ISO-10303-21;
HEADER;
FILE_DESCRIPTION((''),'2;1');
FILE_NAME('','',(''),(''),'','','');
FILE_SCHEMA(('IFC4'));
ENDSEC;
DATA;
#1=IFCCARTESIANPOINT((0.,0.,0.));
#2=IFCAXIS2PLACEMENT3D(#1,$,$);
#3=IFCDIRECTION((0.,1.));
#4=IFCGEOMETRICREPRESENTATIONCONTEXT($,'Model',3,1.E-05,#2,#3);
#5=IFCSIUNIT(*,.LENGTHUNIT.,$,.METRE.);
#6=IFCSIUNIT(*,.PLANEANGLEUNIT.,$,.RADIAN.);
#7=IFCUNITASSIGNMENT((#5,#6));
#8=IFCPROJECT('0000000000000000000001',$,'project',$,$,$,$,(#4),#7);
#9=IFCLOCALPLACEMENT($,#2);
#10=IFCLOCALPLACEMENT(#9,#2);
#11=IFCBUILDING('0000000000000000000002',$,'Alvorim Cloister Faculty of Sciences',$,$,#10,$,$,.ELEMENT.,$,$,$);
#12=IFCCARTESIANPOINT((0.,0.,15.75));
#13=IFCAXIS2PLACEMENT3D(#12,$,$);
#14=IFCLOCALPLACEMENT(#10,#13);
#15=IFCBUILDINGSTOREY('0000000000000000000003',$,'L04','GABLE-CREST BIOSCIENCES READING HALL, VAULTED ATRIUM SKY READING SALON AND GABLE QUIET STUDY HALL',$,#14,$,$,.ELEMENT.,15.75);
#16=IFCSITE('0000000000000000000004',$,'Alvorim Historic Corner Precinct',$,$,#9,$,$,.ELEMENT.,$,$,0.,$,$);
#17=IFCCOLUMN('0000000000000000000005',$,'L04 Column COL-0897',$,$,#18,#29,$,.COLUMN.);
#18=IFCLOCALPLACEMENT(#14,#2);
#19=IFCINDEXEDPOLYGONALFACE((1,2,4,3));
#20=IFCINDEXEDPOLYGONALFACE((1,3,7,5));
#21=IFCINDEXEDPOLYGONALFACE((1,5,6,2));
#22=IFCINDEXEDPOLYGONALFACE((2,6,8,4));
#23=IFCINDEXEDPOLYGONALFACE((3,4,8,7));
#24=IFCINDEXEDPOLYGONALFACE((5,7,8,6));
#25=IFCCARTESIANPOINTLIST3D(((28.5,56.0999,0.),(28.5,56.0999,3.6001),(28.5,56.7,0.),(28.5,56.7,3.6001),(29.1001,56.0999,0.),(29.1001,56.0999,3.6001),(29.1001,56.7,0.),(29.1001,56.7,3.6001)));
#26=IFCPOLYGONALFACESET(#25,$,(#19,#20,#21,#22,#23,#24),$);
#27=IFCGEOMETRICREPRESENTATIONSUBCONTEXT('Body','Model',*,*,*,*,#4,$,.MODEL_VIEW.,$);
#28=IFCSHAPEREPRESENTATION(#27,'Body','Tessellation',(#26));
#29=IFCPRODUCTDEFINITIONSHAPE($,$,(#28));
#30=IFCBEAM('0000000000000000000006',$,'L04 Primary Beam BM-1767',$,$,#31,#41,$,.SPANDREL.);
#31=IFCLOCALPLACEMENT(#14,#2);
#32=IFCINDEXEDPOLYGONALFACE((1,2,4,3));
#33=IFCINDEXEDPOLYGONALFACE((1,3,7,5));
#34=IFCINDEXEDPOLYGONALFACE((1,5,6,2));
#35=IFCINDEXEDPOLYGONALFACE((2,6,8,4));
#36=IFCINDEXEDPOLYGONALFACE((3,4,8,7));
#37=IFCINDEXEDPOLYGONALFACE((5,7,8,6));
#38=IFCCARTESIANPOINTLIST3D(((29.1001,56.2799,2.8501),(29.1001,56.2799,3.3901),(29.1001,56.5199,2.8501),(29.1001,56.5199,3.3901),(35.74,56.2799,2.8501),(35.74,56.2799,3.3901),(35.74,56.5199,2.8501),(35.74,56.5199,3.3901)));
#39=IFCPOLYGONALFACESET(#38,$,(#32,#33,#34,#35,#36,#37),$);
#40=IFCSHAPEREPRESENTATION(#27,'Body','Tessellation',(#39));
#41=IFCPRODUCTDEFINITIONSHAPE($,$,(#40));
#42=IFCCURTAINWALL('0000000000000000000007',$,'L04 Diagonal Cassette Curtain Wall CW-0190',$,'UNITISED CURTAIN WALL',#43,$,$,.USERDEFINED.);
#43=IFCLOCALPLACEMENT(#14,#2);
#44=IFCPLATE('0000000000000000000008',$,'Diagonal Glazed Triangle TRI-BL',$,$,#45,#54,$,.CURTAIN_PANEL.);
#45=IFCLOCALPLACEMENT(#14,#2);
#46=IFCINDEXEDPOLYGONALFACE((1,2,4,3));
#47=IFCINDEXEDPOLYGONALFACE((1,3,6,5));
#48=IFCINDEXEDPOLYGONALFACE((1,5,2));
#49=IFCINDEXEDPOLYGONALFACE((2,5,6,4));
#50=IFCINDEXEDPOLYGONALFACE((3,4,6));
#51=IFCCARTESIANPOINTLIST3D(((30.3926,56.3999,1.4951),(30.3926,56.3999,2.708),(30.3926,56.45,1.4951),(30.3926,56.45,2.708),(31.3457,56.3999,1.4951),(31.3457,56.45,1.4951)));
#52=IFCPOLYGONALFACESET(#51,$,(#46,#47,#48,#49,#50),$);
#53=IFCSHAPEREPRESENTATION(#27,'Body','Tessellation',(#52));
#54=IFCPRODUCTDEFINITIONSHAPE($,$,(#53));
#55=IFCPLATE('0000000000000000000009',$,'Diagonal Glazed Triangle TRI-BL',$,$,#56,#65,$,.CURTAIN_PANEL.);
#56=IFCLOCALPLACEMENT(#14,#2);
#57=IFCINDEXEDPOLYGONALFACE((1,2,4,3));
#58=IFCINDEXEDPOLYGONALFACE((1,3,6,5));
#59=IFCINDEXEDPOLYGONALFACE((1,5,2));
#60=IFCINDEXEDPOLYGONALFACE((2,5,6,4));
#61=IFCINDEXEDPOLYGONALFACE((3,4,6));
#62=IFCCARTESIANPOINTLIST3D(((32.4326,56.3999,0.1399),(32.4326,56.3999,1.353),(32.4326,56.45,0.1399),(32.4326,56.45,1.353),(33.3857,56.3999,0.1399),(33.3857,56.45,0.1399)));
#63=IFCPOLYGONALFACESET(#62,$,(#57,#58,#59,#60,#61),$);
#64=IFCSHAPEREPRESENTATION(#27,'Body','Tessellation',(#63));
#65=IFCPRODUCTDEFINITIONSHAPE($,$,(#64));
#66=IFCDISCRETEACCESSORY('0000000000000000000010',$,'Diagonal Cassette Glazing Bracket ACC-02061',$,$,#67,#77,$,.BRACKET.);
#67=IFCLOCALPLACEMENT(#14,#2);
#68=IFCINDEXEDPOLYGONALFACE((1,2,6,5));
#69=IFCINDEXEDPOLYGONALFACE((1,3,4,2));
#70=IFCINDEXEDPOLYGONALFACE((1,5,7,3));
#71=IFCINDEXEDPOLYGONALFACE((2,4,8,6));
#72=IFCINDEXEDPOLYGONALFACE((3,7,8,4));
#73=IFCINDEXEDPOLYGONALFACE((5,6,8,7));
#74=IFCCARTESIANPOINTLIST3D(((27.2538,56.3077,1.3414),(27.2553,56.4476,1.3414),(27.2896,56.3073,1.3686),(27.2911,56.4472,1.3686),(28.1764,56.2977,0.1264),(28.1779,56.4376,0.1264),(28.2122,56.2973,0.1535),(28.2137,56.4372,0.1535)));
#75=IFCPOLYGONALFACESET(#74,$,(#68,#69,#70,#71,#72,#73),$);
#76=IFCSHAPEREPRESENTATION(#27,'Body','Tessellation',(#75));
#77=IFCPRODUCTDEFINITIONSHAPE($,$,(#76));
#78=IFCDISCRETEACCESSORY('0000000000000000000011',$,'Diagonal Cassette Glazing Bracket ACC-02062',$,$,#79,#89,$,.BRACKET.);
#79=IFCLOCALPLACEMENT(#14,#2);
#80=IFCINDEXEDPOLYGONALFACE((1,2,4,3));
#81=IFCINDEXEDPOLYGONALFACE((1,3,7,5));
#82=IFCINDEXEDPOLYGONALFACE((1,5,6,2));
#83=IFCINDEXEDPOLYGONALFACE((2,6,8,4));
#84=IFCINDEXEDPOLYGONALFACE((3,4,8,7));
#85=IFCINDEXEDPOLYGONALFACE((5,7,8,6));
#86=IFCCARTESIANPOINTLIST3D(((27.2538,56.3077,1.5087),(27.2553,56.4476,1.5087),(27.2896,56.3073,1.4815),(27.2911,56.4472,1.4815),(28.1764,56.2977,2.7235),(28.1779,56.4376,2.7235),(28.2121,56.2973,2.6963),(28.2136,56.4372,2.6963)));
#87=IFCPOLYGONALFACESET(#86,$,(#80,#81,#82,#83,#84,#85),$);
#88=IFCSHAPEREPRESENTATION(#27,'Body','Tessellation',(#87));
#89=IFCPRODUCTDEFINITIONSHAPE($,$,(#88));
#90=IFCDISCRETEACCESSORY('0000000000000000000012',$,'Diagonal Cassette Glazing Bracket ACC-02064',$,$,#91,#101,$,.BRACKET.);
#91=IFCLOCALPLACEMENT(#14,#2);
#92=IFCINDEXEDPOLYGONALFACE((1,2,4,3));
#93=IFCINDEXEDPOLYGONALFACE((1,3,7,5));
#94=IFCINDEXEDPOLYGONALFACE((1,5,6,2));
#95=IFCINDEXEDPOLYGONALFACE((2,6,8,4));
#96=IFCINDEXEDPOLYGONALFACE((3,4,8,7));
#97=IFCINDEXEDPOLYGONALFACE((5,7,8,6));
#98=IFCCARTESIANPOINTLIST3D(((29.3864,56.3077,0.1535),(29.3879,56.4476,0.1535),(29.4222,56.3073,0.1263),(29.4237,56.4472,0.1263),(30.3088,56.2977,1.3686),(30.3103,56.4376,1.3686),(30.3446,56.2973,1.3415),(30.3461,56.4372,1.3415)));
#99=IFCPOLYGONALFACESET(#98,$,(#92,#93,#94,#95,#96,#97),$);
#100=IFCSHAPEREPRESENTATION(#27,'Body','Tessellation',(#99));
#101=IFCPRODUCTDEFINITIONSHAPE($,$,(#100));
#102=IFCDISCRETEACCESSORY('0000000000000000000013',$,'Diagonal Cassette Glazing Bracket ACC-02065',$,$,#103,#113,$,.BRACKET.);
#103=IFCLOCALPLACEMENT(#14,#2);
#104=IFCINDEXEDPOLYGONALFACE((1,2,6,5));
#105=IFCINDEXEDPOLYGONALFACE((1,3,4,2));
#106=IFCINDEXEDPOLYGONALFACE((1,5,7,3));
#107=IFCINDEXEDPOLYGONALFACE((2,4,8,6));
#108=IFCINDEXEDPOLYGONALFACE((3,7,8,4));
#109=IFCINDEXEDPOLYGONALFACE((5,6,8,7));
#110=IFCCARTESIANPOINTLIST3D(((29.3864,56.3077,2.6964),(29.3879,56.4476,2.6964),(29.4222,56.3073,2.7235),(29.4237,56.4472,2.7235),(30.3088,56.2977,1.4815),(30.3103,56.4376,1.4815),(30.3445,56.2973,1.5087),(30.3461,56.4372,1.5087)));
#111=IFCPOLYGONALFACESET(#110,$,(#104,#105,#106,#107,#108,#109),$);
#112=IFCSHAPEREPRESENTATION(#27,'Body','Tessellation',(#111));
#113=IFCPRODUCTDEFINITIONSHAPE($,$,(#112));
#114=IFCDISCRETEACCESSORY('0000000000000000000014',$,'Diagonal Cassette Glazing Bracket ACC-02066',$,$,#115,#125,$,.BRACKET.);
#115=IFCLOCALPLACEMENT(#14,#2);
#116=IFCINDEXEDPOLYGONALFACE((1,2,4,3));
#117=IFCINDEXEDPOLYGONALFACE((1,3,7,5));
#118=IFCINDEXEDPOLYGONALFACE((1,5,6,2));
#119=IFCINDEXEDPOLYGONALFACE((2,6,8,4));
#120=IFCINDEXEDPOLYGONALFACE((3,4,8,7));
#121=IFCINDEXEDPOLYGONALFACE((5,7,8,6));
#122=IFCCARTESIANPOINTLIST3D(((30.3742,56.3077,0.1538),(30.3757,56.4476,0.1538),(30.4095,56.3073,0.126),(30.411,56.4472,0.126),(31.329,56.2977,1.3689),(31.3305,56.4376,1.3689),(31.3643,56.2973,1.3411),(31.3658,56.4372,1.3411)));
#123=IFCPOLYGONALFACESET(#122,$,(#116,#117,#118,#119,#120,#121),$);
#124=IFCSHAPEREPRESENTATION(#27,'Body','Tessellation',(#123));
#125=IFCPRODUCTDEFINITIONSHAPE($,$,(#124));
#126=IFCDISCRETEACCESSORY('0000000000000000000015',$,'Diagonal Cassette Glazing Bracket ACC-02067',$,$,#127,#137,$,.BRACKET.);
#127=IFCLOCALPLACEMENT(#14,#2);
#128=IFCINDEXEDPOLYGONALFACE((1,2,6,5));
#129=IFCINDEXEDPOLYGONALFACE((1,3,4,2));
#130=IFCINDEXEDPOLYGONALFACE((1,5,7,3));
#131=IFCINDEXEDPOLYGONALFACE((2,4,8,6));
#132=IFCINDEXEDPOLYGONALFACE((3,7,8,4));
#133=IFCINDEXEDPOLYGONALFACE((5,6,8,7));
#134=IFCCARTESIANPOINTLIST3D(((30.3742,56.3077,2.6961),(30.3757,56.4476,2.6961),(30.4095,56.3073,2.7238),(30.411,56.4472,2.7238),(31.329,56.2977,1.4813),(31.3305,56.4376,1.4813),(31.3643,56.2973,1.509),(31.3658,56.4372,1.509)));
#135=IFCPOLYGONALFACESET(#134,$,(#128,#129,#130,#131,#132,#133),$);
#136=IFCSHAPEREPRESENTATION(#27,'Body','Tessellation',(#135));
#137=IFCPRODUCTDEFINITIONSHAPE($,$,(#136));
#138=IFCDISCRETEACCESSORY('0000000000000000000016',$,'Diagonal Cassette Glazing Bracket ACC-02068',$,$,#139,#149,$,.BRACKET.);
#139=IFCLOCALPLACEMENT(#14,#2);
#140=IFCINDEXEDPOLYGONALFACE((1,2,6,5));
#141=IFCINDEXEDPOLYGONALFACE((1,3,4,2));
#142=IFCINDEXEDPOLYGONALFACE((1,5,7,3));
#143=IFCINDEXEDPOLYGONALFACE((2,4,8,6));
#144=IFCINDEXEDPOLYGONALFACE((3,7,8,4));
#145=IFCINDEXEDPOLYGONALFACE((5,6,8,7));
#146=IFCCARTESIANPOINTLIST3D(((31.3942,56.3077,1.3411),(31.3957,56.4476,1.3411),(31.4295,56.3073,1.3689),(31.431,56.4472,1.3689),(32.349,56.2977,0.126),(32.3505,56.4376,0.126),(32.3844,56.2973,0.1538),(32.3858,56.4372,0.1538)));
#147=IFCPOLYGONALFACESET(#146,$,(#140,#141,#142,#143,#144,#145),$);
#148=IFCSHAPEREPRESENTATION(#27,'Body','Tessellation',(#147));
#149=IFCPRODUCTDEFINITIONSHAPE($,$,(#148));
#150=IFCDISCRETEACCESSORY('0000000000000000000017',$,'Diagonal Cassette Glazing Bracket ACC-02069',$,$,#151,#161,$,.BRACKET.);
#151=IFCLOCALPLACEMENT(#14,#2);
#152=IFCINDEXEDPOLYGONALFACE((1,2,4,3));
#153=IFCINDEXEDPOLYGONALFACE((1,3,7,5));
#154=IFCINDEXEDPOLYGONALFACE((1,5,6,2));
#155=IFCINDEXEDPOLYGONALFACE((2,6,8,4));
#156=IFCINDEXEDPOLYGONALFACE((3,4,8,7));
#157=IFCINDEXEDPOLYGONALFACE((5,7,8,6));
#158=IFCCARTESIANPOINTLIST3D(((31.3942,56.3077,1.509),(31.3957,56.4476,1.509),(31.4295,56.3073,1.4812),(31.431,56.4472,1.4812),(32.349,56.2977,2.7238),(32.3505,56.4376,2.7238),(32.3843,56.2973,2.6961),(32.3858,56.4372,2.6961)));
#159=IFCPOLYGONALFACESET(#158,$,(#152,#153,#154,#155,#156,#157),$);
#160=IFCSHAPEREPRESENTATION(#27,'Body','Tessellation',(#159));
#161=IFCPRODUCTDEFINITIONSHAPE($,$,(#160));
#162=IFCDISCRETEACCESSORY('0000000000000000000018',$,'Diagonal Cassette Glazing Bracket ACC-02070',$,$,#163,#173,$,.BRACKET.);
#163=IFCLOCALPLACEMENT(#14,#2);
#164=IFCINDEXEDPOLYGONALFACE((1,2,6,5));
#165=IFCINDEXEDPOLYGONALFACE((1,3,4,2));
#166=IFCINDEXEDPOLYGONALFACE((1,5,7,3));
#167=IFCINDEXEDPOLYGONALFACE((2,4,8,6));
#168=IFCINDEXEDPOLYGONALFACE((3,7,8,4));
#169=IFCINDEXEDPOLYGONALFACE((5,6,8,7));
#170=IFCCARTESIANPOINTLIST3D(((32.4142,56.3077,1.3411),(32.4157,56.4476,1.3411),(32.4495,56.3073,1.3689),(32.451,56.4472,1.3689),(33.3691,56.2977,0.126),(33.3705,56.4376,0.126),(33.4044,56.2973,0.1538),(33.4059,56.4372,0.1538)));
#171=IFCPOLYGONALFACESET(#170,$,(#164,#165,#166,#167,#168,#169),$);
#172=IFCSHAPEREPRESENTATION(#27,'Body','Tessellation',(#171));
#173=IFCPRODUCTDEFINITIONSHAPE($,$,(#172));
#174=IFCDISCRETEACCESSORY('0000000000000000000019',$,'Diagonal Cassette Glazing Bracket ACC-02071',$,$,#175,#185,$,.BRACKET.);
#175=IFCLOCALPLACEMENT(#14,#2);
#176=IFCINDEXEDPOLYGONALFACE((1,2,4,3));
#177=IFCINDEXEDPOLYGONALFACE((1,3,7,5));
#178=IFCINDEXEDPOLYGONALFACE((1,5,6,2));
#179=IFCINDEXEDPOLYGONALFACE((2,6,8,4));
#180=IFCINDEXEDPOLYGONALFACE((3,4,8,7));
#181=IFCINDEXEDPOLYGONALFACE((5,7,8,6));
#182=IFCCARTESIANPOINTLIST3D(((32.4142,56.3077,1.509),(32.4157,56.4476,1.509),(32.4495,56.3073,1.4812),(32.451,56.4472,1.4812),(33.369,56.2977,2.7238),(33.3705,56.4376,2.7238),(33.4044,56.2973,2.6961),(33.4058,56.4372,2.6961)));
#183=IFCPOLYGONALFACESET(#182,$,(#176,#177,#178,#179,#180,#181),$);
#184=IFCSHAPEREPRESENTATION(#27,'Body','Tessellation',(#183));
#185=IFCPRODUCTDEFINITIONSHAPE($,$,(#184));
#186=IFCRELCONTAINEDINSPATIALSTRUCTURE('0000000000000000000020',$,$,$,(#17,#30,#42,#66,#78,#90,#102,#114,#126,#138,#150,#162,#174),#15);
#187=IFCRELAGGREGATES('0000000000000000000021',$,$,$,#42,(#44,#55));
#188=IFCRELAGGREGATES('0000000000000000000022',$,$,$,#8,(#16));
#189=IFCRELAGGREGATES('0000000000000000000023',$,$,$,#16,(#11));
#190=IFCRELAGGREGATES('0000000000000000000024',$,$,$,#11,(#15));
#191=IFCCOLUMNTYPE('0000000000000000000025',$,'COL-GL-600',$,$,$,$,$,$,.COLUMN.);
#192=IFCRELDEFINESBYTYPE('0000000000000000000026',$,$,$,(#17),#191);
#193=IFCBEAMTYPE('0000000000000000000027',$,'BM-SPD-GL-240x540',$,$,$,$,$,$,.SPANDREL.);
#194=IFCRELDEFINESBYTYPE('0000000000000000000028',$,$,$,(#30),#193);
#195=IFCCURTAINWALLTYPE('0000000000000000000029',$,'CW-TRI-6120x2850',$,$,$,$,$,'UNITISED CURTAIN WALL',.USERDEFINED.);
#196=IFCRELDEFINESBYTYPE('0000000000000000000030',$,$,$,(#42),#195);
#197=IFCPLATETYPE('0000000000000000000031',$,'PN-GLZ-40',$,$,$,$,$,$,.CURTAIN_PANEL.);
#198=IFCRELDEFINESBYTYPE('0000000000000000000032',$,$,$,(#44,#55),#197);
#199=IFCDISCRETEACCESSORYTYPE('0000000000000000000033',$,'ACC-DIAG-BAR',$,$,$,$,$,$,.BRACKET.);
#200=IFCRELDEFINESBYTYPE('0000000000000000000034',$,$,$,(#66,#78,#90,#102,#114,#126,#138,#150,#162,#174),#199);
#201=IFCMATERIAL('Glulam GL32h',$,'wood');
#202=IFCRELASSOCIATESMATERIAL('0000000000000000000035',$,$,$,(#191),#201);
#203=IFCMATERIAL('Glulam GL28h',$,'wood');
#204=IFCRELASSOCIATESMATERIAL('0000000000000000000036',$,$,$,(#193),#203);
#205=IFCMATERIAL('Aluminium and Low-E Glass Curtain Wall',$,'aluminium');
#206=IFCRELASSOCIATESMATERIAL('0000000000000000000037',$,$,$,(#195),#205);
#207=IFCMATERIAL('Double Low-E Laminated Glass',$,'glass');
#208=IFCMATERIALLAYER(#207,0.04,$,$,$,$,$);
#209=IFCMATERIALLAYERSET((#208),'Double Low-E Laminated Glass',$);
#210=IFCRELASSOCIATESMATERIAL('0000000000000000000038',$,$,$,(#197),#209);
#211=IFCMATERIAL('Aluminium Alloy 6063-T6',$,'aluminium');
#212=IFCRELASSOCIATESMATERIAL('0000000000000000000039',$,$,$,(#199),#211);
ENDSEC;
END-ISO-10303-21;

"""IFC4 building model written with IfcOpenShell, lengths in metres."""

from ifc_helpers import new_model, si_unit, direction, frame, origin, origin_2d, place, context, subcontext, project, spatial, polyline, rectangle, outline, extrude, material, layer, layer_set, material_profile, profile_set, type_object, element, aggregate, save


model = new_model("IFC4")

# Units and contexts
model_context = context("Model", 3, precision=1e-05, world=origin(), true_north=direction((0.0, 1.0)))
body_context = subcontext(model_context, "Body", "Model", "MODEL_VIEW")
ifc_project = project(units=[si_unit("LENGTHUNIT", "METRE"), si_unit("PLANEANGLEUNIT", "RADIAN")], contexts=[model_context])

# Site, building, storey
site_placement = place(None, origin())
site = spatial("IfcSite", under=ifc_project, at=site_placement, Name="Alvorim Historic Corner Precinct", CompositionType="ELEMENT", RefElevation=0.0)
building_placement = place(site_placement, origin())
building = spatial("IfcBuilding", under=site, at=building_placement, Name="Alvorim Cloister Faculty of Sciences", CompositionType="ELEMENT")
storey_placement = place(building_placement, frame((0.0, 0.0, 15.75)))
storey = spatial("IfcBuildingStorey", under=building, at=storey_placement, Name="L04", Description="GABLE-CREST BIOSCIENCES READING HALL, VAULTED ATRIUM SKY READING SALON AND GABLE QUIET STUDY HALL", CompositionType="ELEMENT", Elevation=15.75)

# Column
ifc_material_1 = material(Name="Glulam GL32h", Category="wood")
ifc_material_profile_1 = material_profile(ifc_material_1, rectangle(XDim=0.6001, YDim=0.6001, at=origin_2d()), Name="GL32-COL-600x600")
ifc_profile_set_1 = profile_set([ifc_material_profile_1], Name="Glulam GL32h")
column_type = type_object("IfcColumnType", Name="COL-GL-600", PredefinedType="COLUMN", material=ifc_profile_set_1)
column_placement = place(storey_placement, frame((28.8, 56.3999, 0.0), z_axis=(0.0, 0.0, 1.0), x_axis=(1.0, 0.0, 0.0)))
element("IfcColumn", 1, at=column_placement, inside=storey, type_object=column_type, Name="L04 Column COL-0897", PredefinedType="COLUMN", context=body_context, shape_type="SweptSolid", body=[
    extrude(rectangle(XDim=0.6001, YDim=0.6001, at=origin_2d()), origin(), (0.0, 0.0, 1.0), 3.6001),
])

# Beam
ifc_material_2 = material(Name="Glulam GL28h", Category="wood")
ifc_material_profile_2 = material_profile(ifc_material_2, rectangle(XDim=0.24, YDim=0.54, at=origin_2d()), Name="GL28-SPD-240x540")
ifc_profile_set_2 = profile_set([ifc_material_profile_2], Name="Glulam GL28h")
beam_type = type_object("IfcBeamType", Name="BM-SPD-GL-240x540", PredefinedType="SPANDREL", material=ifc_profile_set_2)
beam_placement = place(storey_placement, frame((29.1001, 56.3999, 3.1201), z_axis=(1.0, 0.0, 0.0), x_axis=(0.0, 1.0, 0.0)))
element("IfcBeam", 2, at=beam_placement, inside=storey, type_object=beam_type, Name="L04 Primary Beam BM-1767", PredefinedType="SPANDREL", context=body_context, shape_type="SweptSolid", body=[
    extrude(rectangle(XDim=0.24, YDim=0.54, at=origin_2d()), origin(), (0.0, 0.0, 1.0), 6.6399),
])

# Curtain wall, plates
ifc_material_3 = material(Name="Aluminium and Low-E Glass Curtain Wall", Category="aluminium")
curtain_wall_type = type_object("IfcCurtainWallType", Name="CW-TRI-6120x2850", ElementType="UNITISED CURTAIN WALL", PredefinedType="USERDEFINED", material=ifc_material_3)
ifc_material_4 = material(Name="Double Low-E Laminated Glass", Category="glass")
ifc_layer = layer(ifc_material_4, 0.04)
ifc_layer_set = layer_set([ifc_layer], Name="Double Low-E Laminated Glass")
plate_type = type_object("IfcPlateType", Name="PN-GLZ-40", PredefinedType="CURTAIN_PANEL", material=ifc_layer_set)
curtain_wall_1_placement = place(storey_placement, origin())
curtain_wall_1 = element("IfcCurtainWall", 3, at=curtain_wall_1_placement, inside=storey, type_object=curtain_wall_type, Name="L04 Diagonal Cassette Curtain Wall CW-0190", ObjectType="UNITISED CURTAIN WALL", PredefinedType="USERDEFINED")
plate_1_placement = place(storey_placement, frame((30.3926, 56.425, 1.4951), z_axis=(0.0, 0.0, 1.0), x_axis=(1.0, 0.0, 0.0)))
plate_1 = element("IfcPlate", 4, at=plate_1_placement, type_object=plate_type, Name="Diagonal Glazed Triangle TRI-BL", PredefinedType="CURTAIN_PANEL", context=body_context, shape_type="SweptSolid", body=[
    extrude(outline(polyline([(0.0, 0.0), (0.9531, 0.0), (0.0, 1.2129), (0.0, 0.0)])), frame((0.0, 0.0249, 0.0), z_axis=(0.0, -1.0, 0.0), x_axis=(1.0, 0.0, 0.0)), (0.0, 0.0, 1.0), 0.05),
])
plate_2_placement = place(storey_placement, frame((32.4326, 56.425, 0.1399), z_axis=(0.0, 0.0, 1.0), x_axis=(1.0, 0.0, 0.0)))
plate_2 = element("IfcPlate", 5, at=plate_2_placement, type_object=plate_type, Name="Diagonal Glazed Triangle TRI-BL", PredefinedType="CURTAIN_PANEL", context=body_context, shape_type="SweptSolid", body=[
    extrude(outline(polyline([(0.0, 0.0), (0.9531, 0.0), (0.0, 1.2131), (0.0, 0.0)])), frame((0.0, 0.0249, 0.0), z_axis=(0.0, -1.0, 0.0), x_axis=(1.0, 0.0, 0.0)), (0.0, 0.0, 1.0), 0.05),
])
aggregate(curtain_wall_1, [plate_1, plate_2])

# Discrete accessories
ifc_material_5 = material(Name="Aluminium Alloy 6063-T6", Category="aluminium")
discrete_accessory_type = type_object("IfcDiscreteAccessoryType", Name="ACC-DIAG-BAR", PredefinedType="BRACKET", material=ifc_material_5)
discrete_accessory_1_placement = place(storey_placement, frame((27.2725, 56.3774, 1.355), z_axis=(0.604713, -0.006561, -0.796416), x_axis=(0.010849, 0.999941, 0.0)))
element("IfcDiscreteAccessory", 6, at=discrete_accessory_1_placement, inside=storey, type_object=discrete_accessory_type, Name="Diagonal Cassette Glazing Bracket ACC-02061", PredefinedType="BRACKET", context=body_context, shape_type="SweptSolid", body=[
    extrude(rectangle(XDim=0.1399, YDim=0.0449, at=origin_2d()), origin(), (0.0, 0.0, 1.0), 1.5256),
])
discrete_accessory_2_placement = place(storey_placement, frame((27.2725, 56.3774, 1.4951), z_axis=(0.60479, -0.006562, 0.796358), x_axis=(0.010849, 0.999941, 0.0)))
element("IfcDiscreteAccessory", 7, at=discrete_accessory_2_placement, inside=storey, type_object=discrete_accessory_type, Name="Diagonal Cassette Glazing Bracket ACC-02062", PredefinedType="BRACKET", context=body_context, shape_type="SweptSolid", body=[
    extrude(rectangle(XDim=0.1399, YDim=0.0449, at=origin_2d()), origin(), (0.0, 0.0, 1.0), 1.5254),
])
discrete_accessory_3_placement = place(storey_placement, frame((29.405, 56.3774, 0.1399), z_axis=(0.604612, -0.006561, 0.796493), x_axis=(0.010852, 0.999941, 0.0)))
element("IfcDiscreteAccessory", 8, at=discrete_accessory_3_placement, inside=storey, type_object=discrete_accessory_type, Name="Diagonal Cassette Glazing Bracket ACC-02064", PredefinedType="BRACKET", context=body_context, shape_type="SweptSolid", body=[
    extrude(rectangle(XDim=0.1399, YDim=0.0449, at=origin_2d()), origin(), (0.0, 0.0, 1.0), 1.5256),
])
discrete_accessory_4_placement = place(storey_placement, frame((29.405, 56.3774, 2.71), z_axis=(0.604689, -0.006562, -0.796435), x_axis=(0.010852, 0.999941, 0.0)))
element("IfcDiscreteAccessory", 9, at=discrete_accessory_4_placement, inside=storey, type_object=discrete_accessory_type, Name="Diagonal Cassette Glazing Bracket ACC-02065", PredefinedType="BRACKET", context=body_context, shape_type="SweptSolid", body=[
    extrude(rectangle(XDim=0.1399, YDim=0.0449, at=origin_2d()), origin(), (0.0, 0.0, 1.0), 1.5254),
])
discrete_accessory_5_placement = place(storey_placement, frame((30.3926, 56.3774, 0.1399), z_axis=(0.617857, -0.006477, 0.786263), x_axis=(0.010483, 0.999945, 0.0)))
element("IfcDiscreteAccessory", 10, at=discrete_accessory_5_placement, inside=storey, type_object=discrete_accessory_type, Name="Diagonal Cassette Glazing Bracket ACC-02066", PredefinedType="BRACKET", context=body_context, shape_type="SweptSolid", body=[
    extrude(rectangle(XDim=0.1399, YDim=0.0449, at=origin_2d()), origin(), (0.0, 0.0, 1.0), 1.5454),
])
discrete_accessory_6_placement = place(storey_placement, frame((30.3926, 56.3774, 2.71), z_axis=(0.617934, -0.006478, -0.786203), x_axis=(0.010483, 0.999945, 0.0)))
element("IfcDiscreteAccessory", 11, at=discrete_accessory_6_placement, inside=storey, type_object=discrete_accessory_type, Name="Diagonal Cassette Glazing Bracket ACC-02067", PredefinedType="BRACKET", context=body_context, shape_type="SweptSolid", body=[
    extrude(rectangle(XDim=0.1399, YDim=0.0449, at=origin_2d()), origin(), (0.0, 0.0, 1.0), 1.5452),
])
discrete_accessory_7_placement = place(storey_placement, frame((31.4126, 56.3774, 1.355), z_axis=(0.617857, -0.006477, -0.786263), x_axis=(0.010483, 0.999945, 0.0)))
element("IfcDiscreteAccessory", 12, at=discrete_accessory_7_placement, inside=storey, type_object=discrete_accessory_type, Name="Diagonal Cassette Glazing Bracket ACC-02068", PredefinedType="BRACKET", context=body_context, shape_type="SweptSolid", body=[
    extrude(rectangle(XDim=0.1399, YDim=0.0449, at=origin_2d()), origin(), (0.0, 0.0, 1.0), 1.5454),
])
discrete_accessory_8_placement = place(storey_placement, frame((31.4126, 56.3774, 1.4951), z_axis=(0.617934, -0.006478, 0.786203), x_axis=(0.010483, 0.999945, 0.0)))
element("IfcDiscreteAccessory", 13, at=discrete_accessory_8_placement, inside=storey, type_object=discrete_accessory_type, Name="Diagonal Cassette Glazing Bracket ACC-02069", PredefinedType="BRACKET", context=body_context, shape_type="SweptSolid", body=[
    extrude(rectangle(XDim=0.1399, YDim=0.0449, at=origin_2d()), origin(), (0.0, 0.0, 1.0), 1.5452),
])
discrete_accessory_9_placement = place(storey_placement, frame((32.4326, 56.3774, 1.355), z_axis=(0.617857, -0.006477, -0.786263), x_axis=(0.010483, 0.999945, 0.0)))
element("IfcDiscreteAccessory", 14, at=discrete_accessory_9_placement, inside=storey, type_object=discrete_accessory_type, Name="Diagonal Cassette Glazing Bracket ACC-02070", PredefinedType="BRACKET", context=body_context, shape_type="SweptSolid", body=[
    extrude(rectangle(XDim=0.1399, YDim=0.0449, at=origin_2d()), origin(), (0.0, 0.0, 1.0), 1.5454),
])
discrete_accessory_10_placement = place(storey_placement, frame((32.4326, 56.3774, 1.4951), z_axis=(0.617934, -0.006478, 0.786203), x_axis=(0.010483, 0.999945, 0.0)))
element("IfcDiscreteAccessory", 15, at=discrete_accessory_10_placement, inside=storey, type_object=discrete_accessory_type, Name="Diagonal Cassette Glazing Bracket ACC-02071", PredefinedType="BRACKET", context=body_context, shape_type="SweptSolid", body=[
    extrude(rectangle(XDim=0.1399, YDim=0.0449, at=origin_2d()), origin(), (0.0, 0.0, 1.0), 1.5452),
])

save(model, "model.ifc")
